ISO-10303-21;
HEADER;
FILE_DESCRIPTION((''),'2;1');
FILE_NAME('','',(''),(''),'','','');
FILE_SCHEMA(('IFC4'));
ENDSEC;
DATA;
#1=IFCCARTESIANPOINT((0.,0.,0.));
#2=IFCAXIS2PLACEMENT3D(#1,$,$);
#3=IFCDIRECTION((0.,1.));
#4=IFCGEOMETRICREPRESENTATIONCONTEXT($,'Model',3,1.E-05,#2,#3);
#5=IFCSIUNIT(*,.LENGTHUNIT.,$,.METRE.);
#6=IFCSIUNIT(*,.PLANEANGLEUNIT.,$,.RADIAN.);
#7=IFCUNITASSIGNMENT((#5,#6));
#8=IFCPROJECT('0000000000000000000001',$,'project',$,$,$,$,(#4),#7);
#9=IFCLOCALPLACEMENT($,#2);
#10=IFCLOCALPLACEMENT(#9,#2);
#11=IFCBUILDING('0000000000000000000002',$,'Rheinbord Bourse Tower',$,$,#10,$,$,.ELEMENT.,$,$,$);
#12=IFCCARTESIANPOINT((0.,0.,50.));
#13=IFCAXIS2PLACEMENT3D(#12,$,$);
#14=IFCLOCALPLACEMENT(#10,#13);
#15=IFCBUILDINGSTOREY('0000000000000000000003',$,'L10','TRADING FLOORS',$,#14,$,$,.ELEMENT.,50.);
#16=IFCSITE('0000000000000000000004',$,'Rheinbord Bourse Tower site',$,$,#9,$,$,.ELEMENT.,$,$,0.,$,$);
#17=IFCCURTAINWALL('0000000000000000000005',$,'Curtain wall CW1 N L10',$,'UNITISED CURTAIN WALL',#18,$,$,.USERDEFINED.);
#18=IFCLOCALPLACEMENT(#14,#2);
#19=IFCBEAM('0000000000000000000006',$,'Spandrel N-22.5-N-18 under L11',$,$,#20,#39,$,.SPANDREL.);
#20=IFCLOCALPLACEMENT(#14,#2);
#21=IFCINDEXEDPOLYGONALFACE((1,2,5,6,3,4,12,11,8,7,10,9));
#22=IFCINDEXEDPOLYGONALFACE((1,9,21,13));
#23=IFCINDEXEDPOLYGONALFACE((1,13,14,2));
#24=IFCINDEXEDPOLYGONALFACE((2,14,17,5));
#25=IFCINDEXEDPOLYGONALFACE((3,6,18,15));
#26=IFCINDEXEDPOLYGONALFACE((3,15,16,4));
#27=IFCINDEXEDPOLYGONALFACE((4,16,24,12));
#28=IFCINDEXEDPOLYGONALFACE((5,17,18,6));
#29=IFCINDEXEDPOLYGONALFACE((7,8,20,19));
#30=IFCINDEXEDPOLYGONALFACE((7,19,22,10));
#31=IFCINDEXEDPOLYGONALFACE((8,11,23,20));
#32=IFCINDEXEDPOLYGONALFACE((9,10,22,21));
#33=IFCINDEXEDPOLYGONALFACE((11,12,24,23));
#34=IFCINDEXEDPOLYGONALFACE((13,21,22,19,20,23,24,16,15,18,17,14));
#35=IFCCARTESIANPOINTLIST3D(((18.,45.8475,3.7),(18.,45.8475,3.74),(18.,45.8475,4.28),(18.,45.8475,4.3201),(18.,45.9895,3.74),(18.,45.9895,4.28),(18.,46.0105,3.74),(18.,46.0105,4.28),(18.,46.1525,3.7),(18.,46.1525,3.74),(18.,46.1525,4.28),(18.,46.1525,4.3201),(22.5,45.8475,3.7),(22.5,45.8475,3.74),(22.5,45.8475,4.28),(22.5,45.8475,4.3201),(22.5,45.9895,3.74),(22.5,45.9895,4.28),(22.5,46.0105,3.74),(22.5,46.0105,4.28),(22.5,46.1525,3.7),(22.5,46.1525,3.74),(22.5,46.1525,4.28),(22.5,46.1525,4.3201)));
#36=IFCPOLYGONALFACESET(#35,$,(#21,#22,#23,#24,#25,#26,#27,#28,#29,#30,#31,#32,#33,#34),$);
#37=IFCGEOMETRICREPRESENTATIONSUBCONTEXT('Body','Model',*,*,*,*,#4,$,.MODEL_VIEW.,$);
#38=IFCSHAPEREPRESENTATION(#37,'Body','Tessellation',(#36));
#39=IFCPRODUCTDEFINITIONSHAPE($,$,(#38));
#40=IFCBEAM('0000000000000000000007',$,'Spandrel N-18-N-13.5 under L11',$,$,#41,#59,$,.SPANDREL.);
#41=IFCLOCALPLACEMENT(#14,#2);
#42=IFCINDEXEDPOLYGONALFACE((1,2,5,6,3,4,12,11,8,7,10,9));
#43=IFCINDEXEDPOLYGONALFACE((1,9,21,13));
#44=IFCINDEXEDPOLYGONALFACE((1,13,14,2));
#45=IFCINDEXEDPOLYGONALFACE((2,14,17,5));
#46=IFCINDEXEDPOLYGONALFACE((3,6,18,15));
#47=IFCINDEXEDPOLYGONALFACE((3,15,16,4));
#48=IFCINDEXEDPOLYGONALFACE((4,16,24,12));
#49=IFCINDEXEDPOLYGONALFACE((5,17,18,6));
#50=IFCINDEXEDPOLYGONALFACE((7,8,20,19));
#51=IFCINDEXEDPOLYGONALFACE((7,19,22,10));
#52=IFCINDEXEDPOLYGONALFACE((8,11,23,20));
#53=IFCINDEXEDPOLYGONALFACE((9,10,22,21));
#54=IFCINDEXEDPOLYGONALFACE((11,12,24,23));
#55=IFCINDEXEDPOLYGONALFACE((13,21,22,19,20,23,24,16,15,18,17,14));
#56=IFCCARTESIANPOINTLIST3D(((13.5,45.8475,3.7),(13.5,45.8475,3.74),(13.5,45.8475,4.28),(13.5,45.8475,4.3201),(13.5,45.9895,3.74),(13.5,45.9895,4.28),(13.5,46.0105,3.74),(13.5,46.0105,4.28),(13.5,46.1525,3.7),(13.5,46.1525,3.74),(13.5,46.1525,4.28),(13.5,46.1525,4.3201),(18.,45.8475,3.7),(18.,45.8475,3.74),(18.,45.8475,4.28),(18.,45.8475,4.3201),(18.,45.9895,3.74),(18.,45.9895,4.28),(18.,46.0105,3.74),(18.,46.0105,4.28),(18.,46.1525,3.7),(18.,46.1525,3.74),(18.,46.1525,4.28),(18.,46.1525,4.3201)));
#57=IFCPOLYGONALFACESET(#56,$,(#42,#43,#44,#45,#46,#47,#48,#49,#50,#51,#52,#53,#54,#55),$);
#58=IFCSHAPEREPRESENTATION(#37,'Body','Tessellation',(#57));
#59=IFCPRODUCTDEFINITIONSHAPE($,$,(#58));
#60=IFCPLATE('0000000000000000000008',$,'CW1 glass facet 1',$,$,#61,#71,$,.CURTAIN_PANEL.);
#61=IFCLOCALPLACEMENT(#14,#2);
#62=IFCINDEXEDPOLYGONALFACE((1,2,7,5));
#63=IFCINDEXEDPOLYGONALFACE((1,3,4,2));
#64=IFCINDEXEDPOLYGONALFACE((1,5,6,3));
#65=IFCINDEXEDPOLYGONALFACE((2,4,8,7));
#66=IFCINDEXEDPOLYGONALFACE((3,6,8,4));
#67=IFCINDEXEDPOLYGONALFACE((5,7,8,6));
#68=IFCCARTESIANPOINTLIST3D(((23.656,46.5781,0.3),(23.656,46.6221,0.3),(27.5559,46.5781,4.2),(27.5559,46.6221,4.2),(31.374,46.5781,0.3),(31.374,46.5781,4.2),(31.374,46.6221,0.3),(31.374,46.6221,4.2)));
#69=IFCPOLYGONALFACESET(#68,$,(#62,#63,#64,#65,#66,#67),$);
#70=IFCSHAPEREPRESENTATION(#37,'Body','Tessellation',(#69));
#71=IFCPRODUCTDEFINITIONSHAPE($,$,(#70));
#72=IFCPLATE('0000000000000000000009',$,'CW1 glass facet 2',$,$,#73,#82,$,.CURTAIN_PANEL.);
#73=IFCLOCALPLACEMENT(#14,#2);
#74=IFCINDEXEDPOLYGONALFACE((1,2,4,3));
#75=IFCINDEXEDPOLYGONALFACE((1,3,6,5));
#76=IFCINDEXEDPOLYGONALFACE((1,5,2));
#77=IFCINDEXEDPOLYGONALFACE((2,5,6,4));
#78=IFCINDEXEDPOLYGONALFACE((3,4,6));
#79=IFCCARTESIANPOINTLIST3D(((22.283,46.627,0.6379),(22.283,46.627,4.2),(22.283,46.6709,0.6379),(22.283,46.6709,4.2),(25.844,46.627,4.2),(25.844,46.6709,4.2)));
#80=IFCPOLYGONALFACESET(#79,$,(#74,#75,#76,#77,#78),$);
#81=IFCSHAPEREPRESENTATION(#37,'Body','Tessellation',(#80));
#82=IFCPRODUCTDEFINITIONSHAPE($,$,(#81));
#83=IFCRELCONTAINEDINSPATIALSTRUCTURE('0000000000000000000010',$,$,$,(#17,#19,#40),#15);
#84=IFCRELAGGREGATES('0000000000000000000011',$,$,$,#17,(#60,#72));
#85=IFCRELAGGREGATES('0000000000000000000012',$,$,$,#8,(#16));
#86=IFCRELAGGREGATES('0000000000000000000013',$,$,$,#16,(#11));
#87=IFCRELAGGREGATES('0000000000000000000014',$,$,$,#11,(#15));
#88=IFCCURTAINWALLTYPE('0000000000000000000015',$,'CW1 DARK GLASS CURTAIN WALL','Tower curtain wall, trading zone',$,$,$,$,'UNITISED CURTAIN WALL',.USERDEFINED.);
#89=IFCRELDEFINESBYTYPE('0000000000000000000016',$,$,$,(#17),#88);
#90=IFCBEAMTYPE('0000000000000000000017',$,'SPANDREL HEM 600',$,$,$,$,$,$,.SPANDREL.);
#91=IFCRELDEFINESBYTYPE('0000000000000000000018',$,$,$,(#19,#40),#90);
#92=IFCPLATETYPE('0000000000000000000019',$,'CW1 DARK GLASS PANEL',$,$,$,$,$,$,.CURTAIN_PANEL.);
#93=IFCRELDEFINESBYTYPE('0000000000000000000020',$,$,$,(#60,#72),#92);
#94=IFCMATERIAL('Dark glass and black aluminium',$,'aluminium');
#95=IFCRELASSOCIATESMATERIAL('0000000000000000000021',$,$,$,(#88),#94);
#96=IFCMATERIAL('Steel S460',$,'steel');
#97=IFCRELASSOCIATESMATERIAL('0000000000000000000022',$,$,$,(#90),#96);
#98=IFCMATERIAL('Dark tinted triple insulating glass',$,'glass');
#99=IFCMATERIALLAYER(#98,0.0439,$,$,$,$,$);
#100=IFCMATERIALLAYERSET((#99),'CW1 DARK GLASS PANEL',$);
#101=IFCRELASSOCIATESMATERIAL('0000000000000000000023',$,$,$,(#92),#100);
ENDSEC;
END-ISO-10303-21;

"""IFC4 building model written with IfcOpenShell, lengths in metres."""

from ifc_helpers import new_model, si_unit, direction, frame, origin, origin_2d, place, context, subcontext, project, spatial, polyline, i_section, outline, extrude, material, layer, layer_set, material_profile, profile_set, type_object, element, aggregate, save


model = new_model("IFC4")

# Units and contexts
model_context = context("Model", 3, precision=1e-05, world=origin(), true_north=direction((0.0, 1.0)))
body_context = subcontext(model_context, "Body", "Model", "MODEL_VIEW")
ifc_project = project(units=[si_unit("LENGTHUNIT", "METRE"), si_unit("PLANEANGLEUNIT", "RADIAN")], contexts=[model_context])

# Site, building, storey
site_placement = place(None, origin())
site = spatial("IfcSite", under=ifc_project, at=site_placement, Name="Rheinbord Bourse Tower site", CompositionType="ELEMENT", RefElevation=0.0)
building_placement = place(site_placement, origin())
building = spatial("IfcBuilding", under=site, at=building_placement, Name="Rheinbord Bourse Tower", CompositionType="ELEMENT")
storey_placement = place(building_placement, frame((0.0, 0.0, 50.0)))
storey = spatial("IfcBuildingStorey", under=building, at=storey_placement, Name="L10", Description="TRADING FLOORS", CompositionType="ELEMENT", Elevation=50.0)

# Curtain wall
ifc_material_1 = material(Name="Dark glass and black aluminium", Category="aluminium")
curtain_wall_type = type_object("IfcCurtainWallType", Name="CW1 DARK GLASS CURTAIN WALL", Description="Tower curtain wall, trading zone", ElementType="UNITISED CURTAIN WALL", PredefinedType="USERDEFINED", material=ifc_material_1)
curtain_wall_placement = place(storey_placement, origin())
curtain_wall = element("IfcCurtainWall", 1, at=curtain_wall_placement, inside=storey, type_object=curtain_wall_type, Name="Curtain wall CW1 N L10", ObjectType="UNITISED CURTAIN WALL", PredefinedType="USERDEFINED")

# Beams
ifc_material_2 = material(Name="Steel S460", Category="steel")
ifc_material_profile_1 = material_profile(ifc_material_2, i_section(OverallWidth=0.3049, OverallDepth=0.6201, WebThickness=0.021, FlangeThickness=0.04, at=origin_2d()), Name="HEM 600")
ifc_profile_set_1 = profile_set([ifc_material_profile_1], Name="Steel S460")
beam_type_1 = type_object("IfcBeamType", Name="SPANDREL HEM 600", PredefinedType="SPANDREL", material=ifc_profile_set_1)
for number, where, z_axis, x_axis, name in (
    (2, (22.5, 46.0, 4.01), (-1.0, 0.0, 0.0), (0.0, -1.0, 0.0), "Spandrel N-22.5-N-18 under L11"),
    (3, (18.0, 46.0, 4.01), (-1.0, 0.0, 0.0), (0.0, -1.0, 0.0), "Spandrel N-18-N-13.5 under L11"),
):
    element("IfcBeam", number, at=place(storey_placement, frame(where, z_axis=z_axis, x_axis=x_axis)), inside=storey, type_object=beam_type_1, Name=name, PredefinedType="SPANDREL", context=body_context, shape_type="SweptSolid", body=[
        extrude(i_section(OverallWidth=0.3049, OverallDepth=0.6201, WebThickness=0.021, FlangeThickness=0.04, at=origin_2d()), origin(), (0.0, 0.0, 1.0), 4.5),
    ])

# Plates
ifc_material_3 = material(Name="Dark tinted triple insulating glass", Category="glass")
ifc_layer = layer(ifc_material_3, 0.0439)
ifc_layer_set = layer_set([ifc_layer], Name="CW1 DARK GLASS PANEL")
plate_type = type_object("IfcPlateType", Name="CW1 DARK GLASS PANEL", PredefinedType="CURTAIN_PANEL", material=ifc_layer_set)
plate_1_placement = place(storey_placement, frame((31.374, 46.6221, 0.3), z_axis=(0.0, -1.0, 0.0), x_axis=(0.0, 0.0, 1.0)))
plate_1 = element("IfcPlate", 4, at=plate_1_placement, type_object=plate_type, Name="CW1 glass facet 1", PredefinedType="CURTAIN_PANEL", context=body_context, shape_type="SweptSolid", body=[
    extrude(outline(polyline([(0.0, 0.0), (3.8999, 0.0), (3.8999, 3.8181), (0.0, 7.718), (0.0, 0.0)])), origin(), (0.0, 0.0, 1.0), 0.0439),
])
plate_2_placement = place(storey_placement, frame((22.283, 46.6709, 4.2), z_axis=(0.0, -1.0, 0.0), x_axis=(0.0, 0.0, -1.0)))
plate_2 = element("IfcPlate", 5, at=plate_2_placement, type_object=plate_type, Name="CW1 glass facet 2", PredefinedType="CURTAIN_PANEL", context=body_context, shape_type="SweptSolid", body=[
    extrude(outline(polyline([(0.0, 0.0), (3.562, 0.0), (0.0, 3.561), (0.0, 0.0)])), origin(), (0.0, 0.0, 1.0), 0.0439),
])
aggregate(curtain_wall, [plate_1, plate_2])

save(model, "model.ifc")
